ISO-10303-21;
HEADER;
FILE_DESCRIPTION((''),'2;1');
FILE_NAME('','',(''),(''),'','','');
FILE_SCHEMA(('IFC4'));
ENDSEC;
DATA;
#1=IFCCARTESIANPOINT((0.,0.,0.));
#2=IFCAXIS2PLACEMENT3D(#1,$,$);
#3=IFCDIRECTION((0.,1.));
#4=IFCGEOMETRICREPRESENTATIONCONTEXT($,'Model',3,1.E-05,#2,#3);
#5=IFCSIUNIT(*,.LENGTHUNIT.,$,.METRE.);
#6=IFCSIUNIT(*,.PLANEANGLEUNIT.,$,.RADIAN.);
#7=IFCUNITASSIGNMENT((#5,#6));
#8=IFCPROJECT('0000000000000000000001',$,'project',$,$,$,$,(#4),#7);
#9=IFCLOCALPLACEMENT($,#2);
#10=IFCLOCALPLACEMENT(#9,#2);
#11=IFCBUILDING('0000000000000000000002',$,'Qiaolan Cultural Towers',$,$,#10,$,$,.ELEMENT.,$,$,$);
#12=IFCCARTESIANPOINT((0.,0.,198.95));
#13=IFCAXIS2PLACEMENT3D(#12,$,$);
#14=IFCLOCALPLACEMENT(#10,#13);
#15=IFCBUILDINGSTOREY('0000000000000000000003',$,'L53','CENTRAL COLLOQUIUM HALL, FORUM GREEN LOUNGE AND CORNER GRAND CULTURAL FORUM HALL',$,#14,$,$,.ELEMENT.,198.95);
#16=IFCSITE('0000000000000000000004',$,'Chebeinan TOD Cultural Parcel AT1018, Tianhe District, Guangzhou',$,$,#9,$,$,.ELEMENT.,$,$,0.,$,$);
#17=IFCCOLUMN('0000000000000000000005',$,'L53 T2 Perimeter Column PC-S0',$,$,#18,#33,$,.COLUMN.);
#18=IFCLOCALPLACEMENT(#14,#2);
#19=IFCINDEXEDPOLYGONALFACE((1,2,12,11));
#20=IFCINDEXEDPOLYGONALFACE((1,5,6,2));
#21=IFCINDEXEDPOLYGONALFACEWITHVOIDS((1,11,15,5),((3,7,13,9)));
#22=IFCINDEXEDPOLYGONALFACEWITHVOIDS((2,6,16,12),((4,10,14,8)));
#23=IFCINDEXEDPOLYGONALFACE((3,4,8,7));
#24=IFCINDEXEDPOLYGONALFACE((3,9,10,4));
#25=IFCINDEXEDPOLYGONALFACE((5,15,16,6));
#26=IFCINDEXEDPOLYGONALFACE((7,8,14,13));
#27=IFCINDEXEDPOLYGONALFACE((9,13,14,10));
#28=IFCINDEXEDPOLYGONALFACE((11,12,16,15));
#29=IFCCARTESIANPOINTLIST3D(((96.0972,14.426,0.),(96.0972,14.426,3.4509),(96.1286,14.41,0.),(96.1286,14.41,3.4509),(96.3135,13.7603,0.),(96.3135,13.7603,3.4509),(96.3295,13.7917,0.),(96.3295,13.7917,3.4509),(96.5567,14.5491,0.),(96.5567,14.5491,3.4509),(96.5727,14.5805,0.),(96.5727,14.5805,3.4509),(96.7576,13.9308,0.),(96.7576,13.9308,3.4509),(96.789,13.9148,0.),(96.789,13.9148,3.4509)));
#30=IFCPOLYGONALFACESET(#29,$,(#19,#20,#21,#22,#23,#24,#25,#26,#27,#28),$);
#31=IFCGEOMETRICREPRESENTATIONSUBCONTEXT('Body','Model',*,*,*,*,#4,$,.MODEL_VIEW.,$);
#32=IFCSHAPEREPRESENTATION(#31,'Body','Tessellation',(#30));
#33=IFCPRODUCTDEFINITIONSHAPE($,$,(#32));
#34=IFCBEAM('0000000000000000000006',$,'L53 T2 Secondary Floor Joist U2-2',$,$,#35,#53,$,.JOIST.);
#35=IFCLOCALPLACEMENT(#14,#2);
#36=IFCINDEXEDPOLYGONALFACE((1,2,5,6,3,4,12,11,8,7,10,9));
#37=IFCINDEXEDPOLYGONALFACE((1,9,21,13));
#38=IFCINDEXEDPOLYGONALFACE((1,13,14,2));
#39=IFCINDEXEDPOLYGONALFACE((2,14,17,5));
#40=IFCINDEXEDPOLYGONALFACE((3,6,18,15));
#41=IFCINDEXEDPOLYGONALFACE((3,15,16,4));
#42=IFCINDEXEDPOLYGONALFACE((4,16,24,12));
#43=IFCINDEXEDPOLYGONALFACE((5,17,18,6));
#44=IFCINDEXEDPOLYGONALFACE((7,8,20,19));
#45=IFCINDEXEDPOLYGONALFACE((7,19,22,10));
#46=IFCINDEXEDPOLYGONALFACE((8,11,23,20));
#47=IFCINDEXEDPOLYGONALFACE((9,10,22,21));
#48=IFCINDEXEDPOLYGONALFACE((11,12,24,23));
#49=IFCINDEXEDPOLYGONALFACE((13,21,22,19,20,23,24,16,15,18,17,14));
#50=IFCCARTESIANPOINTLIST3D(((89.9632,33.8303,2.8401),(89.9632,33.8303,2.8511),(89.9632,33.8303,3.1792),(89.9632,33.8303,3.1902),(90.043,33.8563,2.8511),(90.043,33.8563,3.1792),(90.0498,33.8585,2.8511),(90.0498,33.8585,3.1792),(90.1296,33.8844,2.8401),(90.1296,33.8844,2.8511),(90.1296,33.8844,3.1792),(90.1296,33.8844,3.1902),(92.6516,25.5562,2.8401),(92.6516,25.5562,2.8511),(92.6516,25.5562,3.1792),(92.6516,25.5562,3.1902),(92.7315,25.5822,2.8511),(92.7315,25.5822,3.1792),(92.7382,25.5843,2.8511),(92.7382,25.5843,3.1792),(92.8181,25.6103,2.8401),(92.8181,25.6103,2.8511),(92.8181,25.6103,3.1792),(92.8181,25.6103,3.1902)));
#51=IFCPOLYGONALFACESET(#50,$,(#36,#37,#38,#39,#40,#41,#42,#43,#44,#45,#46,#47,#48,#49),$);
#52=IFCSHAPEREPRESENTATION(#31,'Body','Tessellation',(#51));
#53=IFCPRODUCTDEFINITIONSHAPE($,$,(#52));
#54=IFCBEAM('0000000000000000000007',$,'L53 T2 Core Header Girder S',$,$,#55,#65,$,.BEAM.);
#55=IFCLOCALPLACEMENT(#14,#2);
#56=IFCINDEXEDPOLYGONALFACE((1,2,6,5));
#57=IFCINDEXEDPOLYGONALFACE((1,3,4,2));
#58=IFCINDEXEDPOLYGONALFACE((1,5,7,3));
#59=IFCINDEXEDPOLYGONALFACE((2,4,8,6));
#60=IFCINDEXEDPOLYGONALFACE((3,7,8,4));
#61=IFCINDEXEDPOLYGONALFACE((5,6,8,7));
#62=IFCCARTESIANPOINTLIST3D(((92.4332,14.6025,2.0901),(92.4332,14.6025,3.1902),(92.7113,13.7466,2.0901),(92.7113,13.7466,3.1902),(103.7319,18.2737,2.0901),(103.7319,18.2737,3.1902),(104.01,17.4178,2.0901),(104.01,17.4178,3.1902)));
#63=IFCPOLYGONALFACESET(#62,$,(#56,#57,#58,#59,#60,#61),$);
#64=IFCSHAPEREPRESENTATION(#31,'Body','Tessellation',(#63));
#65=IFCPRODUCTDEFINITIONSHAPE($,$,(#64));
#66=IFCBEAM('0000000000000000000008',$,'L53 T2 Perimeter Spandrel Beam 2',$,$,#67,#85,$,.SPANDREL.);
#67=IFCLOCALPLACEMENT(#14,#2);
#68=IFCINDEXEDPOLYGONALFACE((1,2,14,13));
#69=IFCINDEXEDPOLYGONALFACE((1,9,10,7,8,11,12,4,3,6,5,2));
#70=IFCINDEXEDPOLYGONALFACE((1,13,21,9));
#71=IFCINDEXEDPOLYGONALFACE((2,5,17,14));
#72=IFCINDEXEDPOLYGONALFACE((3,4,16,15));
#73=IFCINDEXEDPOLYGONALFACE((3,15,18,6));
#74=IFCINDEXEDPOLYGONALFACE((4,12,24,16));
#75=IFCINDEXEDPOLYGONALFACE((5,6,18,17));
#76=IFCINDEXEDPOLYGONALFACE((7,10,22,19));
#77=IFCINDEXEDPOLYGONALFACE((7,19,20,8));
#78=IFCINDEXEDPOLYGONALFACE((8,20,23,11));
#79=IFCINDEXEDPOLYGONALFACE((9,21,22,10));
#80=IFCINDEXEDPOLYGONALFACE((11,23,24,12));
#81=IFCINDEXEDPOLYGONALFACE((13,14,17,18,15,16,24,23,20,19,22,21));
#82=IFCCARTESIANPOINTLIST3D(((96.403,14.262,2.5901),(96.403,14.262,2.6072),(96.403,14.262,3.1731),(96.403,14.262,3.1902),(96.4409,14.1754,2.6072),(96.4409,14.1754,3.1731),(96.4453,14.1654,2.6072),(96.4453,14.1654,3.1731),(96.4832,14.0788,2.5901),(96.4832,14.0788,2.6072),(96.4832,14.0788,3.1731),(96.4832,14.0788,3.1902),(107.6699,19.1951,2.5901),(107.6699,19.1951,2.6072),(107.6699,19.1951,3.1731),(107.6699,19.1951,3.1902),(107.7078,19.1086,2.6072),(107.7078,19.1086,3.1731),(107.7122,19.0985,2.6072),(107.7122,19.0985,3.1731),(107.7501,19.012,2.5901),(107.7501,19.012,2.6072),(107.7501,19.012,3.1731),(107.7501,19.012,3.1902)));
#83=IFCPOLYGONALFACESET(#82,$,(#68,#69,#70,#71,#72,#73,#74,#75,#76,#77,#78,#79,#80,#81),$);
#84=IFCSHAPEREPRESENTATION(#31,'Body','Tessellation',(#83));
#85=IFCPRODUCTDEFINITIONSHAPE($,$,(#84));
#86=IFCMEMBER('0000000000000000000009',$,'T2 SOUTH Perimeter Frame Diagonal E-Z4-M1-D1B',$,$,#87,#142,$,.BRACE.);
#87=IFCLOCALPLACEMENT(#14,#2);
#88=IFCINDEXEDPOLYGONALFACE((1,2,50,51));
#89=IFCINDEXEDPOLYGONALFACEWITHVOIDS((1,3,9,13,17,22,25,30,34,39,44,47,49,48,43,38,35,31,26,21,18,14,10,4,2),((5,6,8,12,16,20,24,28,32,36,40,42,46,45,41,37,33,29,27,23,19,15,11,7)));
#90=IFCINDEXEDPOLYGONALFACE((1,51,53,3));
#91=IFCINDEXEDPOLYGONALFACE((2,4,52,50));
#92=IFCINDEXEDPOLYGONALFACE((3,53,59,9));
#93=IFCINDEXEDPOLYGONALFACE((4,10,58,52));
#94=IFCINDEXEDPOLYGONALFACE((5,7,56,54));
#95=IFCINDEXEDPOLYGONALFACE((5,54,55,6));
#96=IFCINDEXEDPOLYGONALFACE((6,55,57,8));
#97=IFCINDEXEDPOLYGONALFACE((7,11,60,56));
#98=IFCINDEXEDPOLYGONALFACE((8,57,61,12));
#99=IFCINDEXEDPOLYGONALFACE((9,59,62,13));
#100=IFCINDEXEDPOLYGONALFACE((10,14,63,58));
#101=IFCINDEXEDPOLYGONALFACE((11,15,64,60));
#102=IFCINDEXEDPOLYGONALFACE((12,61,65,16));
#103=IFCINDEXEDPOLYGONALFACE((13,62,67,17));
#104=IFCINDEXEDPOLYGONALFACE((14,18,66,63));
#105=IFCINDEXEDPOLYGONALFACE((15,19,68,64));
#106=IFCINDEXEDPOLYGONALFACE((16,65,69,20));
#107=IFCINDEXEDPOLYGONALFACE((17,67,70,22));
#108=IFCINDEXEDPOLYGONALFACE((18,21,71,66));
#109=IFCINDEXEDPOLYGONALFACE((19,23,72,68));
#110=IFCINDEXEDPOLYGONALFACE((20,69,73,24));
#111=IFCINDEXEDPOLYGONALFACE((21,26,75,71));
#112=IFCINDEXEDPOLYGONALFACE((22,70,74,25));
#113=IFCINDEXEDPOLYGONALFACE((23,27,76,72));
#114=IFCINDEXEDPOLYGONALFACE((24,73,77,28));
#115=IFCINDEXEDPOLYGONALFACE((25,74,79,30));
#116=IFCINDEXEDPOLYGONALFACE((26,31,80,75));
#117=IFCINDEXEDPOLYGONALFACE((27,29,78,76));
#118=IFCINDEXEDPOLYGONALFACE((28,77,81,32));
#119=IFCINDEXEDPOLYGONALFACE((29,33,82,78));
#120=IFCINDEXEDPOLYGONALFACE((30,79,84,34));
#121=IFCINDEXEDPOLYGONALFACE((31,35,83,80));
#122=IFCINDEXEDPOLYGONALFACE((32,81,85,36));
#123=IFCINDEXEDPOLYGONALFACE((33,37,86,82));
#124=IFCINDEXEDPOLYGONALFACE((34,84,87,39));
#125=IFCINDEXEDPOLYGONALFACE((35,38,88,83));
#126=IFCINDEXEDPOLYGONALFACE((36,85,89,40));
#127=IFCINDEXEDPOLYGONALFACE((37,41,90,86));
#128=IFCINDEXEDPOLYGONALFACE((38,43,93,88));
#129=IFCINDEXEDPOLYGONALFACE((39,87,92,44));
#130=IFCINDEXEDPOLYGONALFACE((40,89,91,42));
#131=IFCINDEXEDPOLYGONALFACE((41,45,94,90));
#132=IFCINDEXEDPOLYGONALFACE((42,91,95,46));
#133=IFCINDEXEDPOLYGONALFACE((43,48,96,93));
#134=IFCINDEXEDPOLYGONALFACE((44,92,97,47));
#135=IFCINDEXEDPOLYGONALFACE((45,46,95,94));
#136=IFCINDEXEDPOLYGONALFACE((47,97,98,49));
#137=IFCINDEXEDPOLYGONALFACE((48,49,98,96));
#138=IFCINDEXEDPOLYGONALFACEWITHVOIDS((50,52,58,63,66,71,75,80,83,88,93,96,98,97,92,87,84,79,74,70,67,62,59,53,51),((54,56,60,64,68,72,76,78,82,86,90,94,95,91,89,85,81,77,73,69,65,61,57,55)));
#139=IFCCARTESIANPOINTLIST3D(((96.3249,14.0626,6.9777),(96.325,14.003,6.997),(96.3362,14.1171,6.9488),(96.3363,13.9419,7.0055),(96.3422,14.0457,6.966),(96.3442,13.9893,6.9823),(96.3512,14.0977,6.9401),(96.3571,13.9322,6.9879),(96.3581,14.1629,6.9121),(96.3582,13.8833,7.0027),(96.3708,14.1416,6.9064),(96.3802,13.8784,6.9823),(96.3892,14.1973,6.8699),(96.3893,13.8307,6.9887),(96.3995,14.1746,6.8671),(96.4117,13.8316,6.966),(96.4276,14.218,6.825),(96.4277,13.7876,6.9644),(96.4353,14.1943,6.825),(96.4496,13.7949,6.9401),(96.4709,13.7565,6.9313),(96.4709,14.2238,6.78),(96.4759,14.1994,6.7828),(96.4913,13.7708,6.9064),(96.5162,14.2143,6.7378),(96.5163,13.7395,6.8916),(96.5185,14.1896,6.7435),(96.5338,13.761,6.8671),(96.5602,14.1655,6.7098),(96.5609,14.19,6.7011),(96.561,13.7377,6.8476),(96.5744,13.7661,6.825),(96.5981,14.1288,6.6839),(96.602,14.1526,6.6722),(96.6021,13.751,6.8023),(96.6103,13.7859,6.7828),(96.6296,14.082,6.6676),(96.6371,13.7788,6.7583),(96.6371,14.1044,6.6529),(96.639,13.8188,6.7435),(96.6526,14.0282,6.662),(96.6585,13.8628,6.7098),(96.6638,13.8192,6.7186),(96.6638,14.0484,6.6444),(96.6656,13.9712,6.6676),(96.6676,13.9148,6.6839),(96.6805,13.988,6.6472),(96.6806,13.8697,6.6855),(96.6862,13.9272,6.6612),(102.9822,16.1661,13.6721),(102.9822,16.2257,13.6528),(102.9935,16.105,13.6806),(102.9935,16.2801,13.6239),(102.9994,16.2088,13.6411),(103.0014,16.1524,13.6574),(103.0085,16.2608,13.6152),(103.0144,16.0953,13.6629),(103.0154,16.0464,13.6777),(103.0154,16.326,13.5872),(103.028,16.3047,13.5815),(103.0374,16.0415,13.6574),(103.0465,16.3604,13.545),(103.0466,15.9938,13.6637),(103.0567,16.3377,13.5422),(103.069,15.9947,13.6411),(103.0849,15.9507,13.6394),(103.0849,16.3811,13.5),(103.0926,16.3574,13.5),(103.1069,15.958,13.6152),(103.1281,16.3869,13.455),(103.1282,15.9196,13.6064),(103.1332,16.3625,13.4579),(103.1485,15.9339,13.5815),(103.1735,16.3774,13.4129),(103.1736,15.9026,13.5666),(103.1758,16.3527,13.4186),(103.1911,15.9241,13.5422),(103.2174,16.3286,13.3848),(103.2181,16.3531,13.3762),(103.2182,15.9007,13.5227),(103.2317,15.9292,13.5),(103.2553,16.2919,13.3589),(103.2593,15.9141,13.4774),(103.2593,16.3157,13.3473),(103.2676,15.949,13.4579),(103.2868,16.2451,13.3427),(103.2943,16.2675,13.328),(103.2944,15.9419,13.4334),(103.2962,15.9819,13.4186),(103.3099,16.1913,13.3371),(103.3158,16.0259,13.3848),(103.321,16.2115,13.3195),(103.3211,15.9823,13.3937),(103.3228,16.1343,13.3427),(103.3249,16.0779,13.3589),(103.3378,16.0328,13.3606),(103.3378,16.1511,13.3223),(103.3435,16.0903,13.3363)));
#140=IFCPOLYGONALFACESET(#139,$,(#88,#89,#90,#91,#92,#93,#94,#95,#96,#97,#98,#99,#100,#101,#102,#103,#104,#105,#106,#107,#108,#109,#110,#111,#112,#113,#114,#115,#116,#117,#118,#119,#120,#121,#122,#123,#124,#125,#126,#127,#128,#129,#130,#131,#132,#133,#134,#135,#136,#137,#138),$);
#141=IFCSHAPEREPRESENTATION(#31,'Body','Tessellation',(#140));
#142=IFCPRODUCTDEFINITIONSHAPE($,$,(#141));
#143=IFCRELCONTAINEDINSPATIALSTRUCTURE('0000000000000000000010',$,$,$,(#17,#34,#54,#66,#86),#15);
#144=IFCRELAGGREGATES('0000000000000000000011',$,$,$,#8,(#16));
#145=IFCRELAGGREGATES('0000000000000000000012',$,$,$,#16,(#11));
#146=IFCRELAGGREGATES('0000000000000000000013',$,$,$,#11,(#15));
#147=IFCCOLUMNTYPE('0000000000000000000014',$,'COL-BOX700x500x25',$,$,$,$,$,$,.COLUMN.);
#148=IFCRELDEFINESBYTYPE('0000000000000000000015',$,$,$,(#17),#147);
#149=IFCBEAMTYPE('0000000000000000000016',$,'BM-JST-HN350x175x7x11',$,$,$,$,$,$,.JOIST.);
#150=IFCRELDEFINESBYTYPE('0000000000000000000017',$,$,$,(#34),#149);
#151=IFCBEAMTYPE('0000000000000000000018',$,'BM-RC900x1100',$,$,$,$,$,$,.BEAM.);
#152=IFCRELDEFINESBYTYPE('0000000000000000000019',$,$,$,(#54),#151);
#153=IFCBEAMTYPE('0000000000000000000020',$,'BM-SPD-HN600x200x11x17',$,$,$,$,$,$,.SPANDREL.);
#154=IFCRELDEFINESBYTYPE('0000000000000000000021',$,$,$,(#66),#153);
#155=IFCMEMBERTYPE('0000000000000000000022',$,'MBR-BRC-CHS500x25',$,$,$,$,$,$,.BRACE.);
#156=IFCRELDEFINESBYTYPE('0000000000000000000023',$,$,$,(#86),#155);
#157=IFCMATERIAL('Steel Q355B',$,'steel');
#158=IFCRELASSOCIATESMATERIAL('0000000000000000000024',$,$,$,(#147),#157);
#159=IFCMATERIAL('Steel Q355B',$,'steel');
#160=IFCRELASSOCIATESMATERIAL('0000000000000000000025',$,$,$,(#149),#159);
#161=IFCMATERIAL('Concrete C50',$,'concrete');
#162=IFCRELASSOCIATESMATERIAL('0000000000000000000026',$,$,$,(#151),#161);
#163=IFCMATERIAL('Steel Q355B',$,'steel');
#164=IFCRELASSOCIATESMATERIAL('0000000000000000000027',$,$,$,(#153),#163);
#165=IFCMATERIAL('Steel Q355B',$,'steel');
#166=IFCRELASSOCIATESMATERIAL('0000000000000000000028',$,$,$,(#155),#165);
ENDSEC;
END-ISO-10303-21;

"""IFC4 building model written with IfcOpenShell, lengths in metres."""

from ifc_helpers import new_model, si_unit, direction, frame, origin, origin_2d, place, context, subcontext, project, spatial, rectangle, hollow_rectangle, hollow_circle, i_section, extrude, material, material_profile, profile_set, type_object, element, save


model = new_model("IFC4")

# Units and contexts
model_context = context("Model", 3, precision=1e-05, world=origin(), true_north=direction((0.0, 1.0)))
body_context = subcontext(model_context, "Body", "Model", "MODEL_VIEW")
ifc_project = project(units=[si_unit("LENGTHUNIT", "METRE"), si_unit("PLANEANGLEUNIT", "RADIAN")], contexts=[model_context])

# Site, building, storey
site_placement = place(None, origin())
site = spatial("IfcSite", under=ifc_project, at=site_placement, Name="Chebeinan TOD Cultural Parcel AT1018, Tianhe District, Guangzhou", CompositionType="ELEMENT", RefElevation=0.0)
building_placement = place(site_placement, origin())
building = spatial("IfcBuilding", under=site, at=building_placement, Name="Qiaolan Cultural Towers", CompositionType="ELEMENT")
storey_placement = place(building_placement, frame((0.0, 0.0, 198.95)))
storey = spatial("IfcBuildingStorey", under=building, at=storey_placement, Name="L53", Description="CENTRAL COLLOQUIUM HALL, FORUM GREEN LOUNGE AND CORNER GRAND CULTURAL FORUM HALL", CompositionType="ELEMENT", Elevation=198.95)

# Column
ifc_material_1 = material(Name="Steel Q355B", Category="steel")
ifc_material_profile_1 = material_profile(ifc_material_1, hollow_rectangle(XDim=0.5, YDim=0.7, WallThickness=0.0249, at=origin_2d()), Name="BOX700x500x25")
ifc_profile_set_1 = profile_set([ifc_material_profile_1], Name="Steel Q355B")
column_type = type_object("IfcColumnType", Name="COL-BOX700x500x25", PredefinedType="COLUMN", material=ifc_profile_set_1)
column_placement = place(storey_placement, frame((96.4431, 14.1704, 0.0), z_axis=(0.0, 0.0, 1.0), x_axis=(0.951057, 0.309017, 0.0)))
element("IfcColumn", 1, at=column_placement, inside=storey, type_object=column_type, Name="L53 T2 Perimeter Column PC-S0", PredefinedType="COLUMN", context=body_context, shape_type="SweptSolid", body=[
    extrude(hollow_rectangle(XDim=0.5, YDim=0.7, WallThickness=0.0249, at=origin_2d()), origin(), (0.0, 0.0, 1.0), 3.4509),
])

# Beams
ifc_material_2 = material(Name="Steel Q355B", Category="steel")
ifc_material_profile_2 = material_profile(ifc_material_2, i_section(OverallWidth=0.175, OverallDepth=0.3501, WebThickness=0.0071, FlangeThickness=0.011, at=origin_2d()), Name="HN350x175x7x11")
ifc_profile_set_2 = profile_set([ifc_material_profile_2], Name="Steel Q355B")
beam_type_1 = type_object("IfcBeamType", Name="BM-JST-HN350x175x7x11", PredefinedType="JOIST", material=ifc_profile_set_2)
beam_1_placement = place(storey_placement, frame((92.7349, 25.5833, 3.0151), z_axis=(-0.309021, 0.951055, 0.0), x_axis=(-0.951055, -0.309021, 0.0)))
element("IfcBeam", 2, at=beam_1_placement, inside=storey, type_object=beam_type_1, Name="L53 T2 Secondary Floor Joist U2-2", PredefinedType="JOIST", context=body_context, shape_type="SweptSolid", body=[
    extrude(i_section(OverallWidth=0.175, OverallDepth=0.3501, WebThickness=0.0071, FlangeThickness=0.011, at=origin_2d()), origin(), (0.0, 0.0, 1.0), 8.7),
])
ifc_material_3 = material(Name="Concrete C50", Category="concrete")
ifc_material_profile_3 = material_profile(ifc_material_3, rectangle(XDim=0.8999, YDim=1.1001, at=origin_2d()), Name="RC900x1100")
ifc_profile_set_3 = profile_set([ifc_material_profile_3], Name="Concrete C50")
beam_type_2 = type_object("IfcBeamType", Name="BM-RC900x1100", PredefinedType="BEAM", material=ifc_profile_set_3)
beam_2_placement = place(storey_placement, frame((92.5723, 14.1746, 2.6401), z_axis=(0.951056, 0.309018, 0.0), x_axis=(-0.309018, 0.951056, 0.0)))
element("IfcBeam", 3, at=beam_2_placement, inside=storey, type_object=beam_type_2, Name="L53 T2 Core Header Girder S", PredefinedType="BEAM", context=body_context, shape_type="SweptSolid", body=[
    extrude(rectangle(XDim=0.8999, YDim=1.1001, at=origin_2d()), origin(), (0.0, 0.0, 1.0), 11.8801),
])
ifc_material_4 = material(Name="Steel Q355B", Category="steel")
ifc_material_profile_4 = material_profile(ifc_material_4, i_section(OverallWidth=0.2, OverallDepth=0.6001, WebThickness=0.011, FlangeThickness=0.0171, at=origin_2d()), Name="HN600x200x11x17")
ifc_profile_set_4 = profile_set([ifc_material_profile_4], Name="Steel Q355B")
beam_type_3 = type_object("IfcBeamType", Name="BM-SPD-HN600x200x11x17", PredefinedType="SPANDREL", material=ifc_profile_set_4)
beam_3_placement = place(storey_placement, frame((96.4431, 14.1704, 2.8901), z_axis=(0.916042, 0.401082, 0.0), x_axis=(-0.401082, 0.916042, 0.0)))
element("IfcBeam", 4, at=beam_3_placement, inside=storey, type_object=beam_type_3, Name="L53 T2 Perimeter Spandrel Beam 2", PredefinedType="SPANDREL", context=body_context, shape_type="SweptSolid", body=[
    extrude(i_section(OverallWidth=0.2, OverallDepth=0.6001, WebThickness=0.011, FlangeThickness=0.0171, at=origin_2d()), origin(), (0.0, 0.0, 1.0), 12.2996),
])

# Member
ifc_material_5 = material(Name="Steel Q355B", Category="steel")
ifc_material_profile_5 = material_profile(ifc_material_5, hollow_circle(Radius=0.25, WallThickness=0.0249, at=origin_2d()), Name="CHS500x25")
ifc_profile_set_5 = profile_set([ifc_material_profile_5], Name="Steel Q355B")
member_type = type_object("IfcMemberType", Name="MBR-BRC-CHS500x25", PredefinedType="BRACE", material=ifc_profile_set_5)
member_1_placement = place(storey_placement, frame((96.5049, 13.9802, 6.825), z_axis=(0.688276, 0.223637, 0.690118), x_axis=(-0.30902, 0.951056, 0.0)))
element("IfcMember", 5, at=member_1_placement, inside=storey, type_object=member_type, Name="T2 SOUTH Perimeter Frame Diagonal E-Z4-M1-D1B", PredefinedType="BRACE", context=body_context, shape_type="SweptSolid", body=[
    extrude(hollow_circle(Radius=0.25, WallThickness=0.0249, at=origin_2d()), origin(), (0.0, 0.0, 1.0), 9.6724),
])

save(model, "model.ifc")
